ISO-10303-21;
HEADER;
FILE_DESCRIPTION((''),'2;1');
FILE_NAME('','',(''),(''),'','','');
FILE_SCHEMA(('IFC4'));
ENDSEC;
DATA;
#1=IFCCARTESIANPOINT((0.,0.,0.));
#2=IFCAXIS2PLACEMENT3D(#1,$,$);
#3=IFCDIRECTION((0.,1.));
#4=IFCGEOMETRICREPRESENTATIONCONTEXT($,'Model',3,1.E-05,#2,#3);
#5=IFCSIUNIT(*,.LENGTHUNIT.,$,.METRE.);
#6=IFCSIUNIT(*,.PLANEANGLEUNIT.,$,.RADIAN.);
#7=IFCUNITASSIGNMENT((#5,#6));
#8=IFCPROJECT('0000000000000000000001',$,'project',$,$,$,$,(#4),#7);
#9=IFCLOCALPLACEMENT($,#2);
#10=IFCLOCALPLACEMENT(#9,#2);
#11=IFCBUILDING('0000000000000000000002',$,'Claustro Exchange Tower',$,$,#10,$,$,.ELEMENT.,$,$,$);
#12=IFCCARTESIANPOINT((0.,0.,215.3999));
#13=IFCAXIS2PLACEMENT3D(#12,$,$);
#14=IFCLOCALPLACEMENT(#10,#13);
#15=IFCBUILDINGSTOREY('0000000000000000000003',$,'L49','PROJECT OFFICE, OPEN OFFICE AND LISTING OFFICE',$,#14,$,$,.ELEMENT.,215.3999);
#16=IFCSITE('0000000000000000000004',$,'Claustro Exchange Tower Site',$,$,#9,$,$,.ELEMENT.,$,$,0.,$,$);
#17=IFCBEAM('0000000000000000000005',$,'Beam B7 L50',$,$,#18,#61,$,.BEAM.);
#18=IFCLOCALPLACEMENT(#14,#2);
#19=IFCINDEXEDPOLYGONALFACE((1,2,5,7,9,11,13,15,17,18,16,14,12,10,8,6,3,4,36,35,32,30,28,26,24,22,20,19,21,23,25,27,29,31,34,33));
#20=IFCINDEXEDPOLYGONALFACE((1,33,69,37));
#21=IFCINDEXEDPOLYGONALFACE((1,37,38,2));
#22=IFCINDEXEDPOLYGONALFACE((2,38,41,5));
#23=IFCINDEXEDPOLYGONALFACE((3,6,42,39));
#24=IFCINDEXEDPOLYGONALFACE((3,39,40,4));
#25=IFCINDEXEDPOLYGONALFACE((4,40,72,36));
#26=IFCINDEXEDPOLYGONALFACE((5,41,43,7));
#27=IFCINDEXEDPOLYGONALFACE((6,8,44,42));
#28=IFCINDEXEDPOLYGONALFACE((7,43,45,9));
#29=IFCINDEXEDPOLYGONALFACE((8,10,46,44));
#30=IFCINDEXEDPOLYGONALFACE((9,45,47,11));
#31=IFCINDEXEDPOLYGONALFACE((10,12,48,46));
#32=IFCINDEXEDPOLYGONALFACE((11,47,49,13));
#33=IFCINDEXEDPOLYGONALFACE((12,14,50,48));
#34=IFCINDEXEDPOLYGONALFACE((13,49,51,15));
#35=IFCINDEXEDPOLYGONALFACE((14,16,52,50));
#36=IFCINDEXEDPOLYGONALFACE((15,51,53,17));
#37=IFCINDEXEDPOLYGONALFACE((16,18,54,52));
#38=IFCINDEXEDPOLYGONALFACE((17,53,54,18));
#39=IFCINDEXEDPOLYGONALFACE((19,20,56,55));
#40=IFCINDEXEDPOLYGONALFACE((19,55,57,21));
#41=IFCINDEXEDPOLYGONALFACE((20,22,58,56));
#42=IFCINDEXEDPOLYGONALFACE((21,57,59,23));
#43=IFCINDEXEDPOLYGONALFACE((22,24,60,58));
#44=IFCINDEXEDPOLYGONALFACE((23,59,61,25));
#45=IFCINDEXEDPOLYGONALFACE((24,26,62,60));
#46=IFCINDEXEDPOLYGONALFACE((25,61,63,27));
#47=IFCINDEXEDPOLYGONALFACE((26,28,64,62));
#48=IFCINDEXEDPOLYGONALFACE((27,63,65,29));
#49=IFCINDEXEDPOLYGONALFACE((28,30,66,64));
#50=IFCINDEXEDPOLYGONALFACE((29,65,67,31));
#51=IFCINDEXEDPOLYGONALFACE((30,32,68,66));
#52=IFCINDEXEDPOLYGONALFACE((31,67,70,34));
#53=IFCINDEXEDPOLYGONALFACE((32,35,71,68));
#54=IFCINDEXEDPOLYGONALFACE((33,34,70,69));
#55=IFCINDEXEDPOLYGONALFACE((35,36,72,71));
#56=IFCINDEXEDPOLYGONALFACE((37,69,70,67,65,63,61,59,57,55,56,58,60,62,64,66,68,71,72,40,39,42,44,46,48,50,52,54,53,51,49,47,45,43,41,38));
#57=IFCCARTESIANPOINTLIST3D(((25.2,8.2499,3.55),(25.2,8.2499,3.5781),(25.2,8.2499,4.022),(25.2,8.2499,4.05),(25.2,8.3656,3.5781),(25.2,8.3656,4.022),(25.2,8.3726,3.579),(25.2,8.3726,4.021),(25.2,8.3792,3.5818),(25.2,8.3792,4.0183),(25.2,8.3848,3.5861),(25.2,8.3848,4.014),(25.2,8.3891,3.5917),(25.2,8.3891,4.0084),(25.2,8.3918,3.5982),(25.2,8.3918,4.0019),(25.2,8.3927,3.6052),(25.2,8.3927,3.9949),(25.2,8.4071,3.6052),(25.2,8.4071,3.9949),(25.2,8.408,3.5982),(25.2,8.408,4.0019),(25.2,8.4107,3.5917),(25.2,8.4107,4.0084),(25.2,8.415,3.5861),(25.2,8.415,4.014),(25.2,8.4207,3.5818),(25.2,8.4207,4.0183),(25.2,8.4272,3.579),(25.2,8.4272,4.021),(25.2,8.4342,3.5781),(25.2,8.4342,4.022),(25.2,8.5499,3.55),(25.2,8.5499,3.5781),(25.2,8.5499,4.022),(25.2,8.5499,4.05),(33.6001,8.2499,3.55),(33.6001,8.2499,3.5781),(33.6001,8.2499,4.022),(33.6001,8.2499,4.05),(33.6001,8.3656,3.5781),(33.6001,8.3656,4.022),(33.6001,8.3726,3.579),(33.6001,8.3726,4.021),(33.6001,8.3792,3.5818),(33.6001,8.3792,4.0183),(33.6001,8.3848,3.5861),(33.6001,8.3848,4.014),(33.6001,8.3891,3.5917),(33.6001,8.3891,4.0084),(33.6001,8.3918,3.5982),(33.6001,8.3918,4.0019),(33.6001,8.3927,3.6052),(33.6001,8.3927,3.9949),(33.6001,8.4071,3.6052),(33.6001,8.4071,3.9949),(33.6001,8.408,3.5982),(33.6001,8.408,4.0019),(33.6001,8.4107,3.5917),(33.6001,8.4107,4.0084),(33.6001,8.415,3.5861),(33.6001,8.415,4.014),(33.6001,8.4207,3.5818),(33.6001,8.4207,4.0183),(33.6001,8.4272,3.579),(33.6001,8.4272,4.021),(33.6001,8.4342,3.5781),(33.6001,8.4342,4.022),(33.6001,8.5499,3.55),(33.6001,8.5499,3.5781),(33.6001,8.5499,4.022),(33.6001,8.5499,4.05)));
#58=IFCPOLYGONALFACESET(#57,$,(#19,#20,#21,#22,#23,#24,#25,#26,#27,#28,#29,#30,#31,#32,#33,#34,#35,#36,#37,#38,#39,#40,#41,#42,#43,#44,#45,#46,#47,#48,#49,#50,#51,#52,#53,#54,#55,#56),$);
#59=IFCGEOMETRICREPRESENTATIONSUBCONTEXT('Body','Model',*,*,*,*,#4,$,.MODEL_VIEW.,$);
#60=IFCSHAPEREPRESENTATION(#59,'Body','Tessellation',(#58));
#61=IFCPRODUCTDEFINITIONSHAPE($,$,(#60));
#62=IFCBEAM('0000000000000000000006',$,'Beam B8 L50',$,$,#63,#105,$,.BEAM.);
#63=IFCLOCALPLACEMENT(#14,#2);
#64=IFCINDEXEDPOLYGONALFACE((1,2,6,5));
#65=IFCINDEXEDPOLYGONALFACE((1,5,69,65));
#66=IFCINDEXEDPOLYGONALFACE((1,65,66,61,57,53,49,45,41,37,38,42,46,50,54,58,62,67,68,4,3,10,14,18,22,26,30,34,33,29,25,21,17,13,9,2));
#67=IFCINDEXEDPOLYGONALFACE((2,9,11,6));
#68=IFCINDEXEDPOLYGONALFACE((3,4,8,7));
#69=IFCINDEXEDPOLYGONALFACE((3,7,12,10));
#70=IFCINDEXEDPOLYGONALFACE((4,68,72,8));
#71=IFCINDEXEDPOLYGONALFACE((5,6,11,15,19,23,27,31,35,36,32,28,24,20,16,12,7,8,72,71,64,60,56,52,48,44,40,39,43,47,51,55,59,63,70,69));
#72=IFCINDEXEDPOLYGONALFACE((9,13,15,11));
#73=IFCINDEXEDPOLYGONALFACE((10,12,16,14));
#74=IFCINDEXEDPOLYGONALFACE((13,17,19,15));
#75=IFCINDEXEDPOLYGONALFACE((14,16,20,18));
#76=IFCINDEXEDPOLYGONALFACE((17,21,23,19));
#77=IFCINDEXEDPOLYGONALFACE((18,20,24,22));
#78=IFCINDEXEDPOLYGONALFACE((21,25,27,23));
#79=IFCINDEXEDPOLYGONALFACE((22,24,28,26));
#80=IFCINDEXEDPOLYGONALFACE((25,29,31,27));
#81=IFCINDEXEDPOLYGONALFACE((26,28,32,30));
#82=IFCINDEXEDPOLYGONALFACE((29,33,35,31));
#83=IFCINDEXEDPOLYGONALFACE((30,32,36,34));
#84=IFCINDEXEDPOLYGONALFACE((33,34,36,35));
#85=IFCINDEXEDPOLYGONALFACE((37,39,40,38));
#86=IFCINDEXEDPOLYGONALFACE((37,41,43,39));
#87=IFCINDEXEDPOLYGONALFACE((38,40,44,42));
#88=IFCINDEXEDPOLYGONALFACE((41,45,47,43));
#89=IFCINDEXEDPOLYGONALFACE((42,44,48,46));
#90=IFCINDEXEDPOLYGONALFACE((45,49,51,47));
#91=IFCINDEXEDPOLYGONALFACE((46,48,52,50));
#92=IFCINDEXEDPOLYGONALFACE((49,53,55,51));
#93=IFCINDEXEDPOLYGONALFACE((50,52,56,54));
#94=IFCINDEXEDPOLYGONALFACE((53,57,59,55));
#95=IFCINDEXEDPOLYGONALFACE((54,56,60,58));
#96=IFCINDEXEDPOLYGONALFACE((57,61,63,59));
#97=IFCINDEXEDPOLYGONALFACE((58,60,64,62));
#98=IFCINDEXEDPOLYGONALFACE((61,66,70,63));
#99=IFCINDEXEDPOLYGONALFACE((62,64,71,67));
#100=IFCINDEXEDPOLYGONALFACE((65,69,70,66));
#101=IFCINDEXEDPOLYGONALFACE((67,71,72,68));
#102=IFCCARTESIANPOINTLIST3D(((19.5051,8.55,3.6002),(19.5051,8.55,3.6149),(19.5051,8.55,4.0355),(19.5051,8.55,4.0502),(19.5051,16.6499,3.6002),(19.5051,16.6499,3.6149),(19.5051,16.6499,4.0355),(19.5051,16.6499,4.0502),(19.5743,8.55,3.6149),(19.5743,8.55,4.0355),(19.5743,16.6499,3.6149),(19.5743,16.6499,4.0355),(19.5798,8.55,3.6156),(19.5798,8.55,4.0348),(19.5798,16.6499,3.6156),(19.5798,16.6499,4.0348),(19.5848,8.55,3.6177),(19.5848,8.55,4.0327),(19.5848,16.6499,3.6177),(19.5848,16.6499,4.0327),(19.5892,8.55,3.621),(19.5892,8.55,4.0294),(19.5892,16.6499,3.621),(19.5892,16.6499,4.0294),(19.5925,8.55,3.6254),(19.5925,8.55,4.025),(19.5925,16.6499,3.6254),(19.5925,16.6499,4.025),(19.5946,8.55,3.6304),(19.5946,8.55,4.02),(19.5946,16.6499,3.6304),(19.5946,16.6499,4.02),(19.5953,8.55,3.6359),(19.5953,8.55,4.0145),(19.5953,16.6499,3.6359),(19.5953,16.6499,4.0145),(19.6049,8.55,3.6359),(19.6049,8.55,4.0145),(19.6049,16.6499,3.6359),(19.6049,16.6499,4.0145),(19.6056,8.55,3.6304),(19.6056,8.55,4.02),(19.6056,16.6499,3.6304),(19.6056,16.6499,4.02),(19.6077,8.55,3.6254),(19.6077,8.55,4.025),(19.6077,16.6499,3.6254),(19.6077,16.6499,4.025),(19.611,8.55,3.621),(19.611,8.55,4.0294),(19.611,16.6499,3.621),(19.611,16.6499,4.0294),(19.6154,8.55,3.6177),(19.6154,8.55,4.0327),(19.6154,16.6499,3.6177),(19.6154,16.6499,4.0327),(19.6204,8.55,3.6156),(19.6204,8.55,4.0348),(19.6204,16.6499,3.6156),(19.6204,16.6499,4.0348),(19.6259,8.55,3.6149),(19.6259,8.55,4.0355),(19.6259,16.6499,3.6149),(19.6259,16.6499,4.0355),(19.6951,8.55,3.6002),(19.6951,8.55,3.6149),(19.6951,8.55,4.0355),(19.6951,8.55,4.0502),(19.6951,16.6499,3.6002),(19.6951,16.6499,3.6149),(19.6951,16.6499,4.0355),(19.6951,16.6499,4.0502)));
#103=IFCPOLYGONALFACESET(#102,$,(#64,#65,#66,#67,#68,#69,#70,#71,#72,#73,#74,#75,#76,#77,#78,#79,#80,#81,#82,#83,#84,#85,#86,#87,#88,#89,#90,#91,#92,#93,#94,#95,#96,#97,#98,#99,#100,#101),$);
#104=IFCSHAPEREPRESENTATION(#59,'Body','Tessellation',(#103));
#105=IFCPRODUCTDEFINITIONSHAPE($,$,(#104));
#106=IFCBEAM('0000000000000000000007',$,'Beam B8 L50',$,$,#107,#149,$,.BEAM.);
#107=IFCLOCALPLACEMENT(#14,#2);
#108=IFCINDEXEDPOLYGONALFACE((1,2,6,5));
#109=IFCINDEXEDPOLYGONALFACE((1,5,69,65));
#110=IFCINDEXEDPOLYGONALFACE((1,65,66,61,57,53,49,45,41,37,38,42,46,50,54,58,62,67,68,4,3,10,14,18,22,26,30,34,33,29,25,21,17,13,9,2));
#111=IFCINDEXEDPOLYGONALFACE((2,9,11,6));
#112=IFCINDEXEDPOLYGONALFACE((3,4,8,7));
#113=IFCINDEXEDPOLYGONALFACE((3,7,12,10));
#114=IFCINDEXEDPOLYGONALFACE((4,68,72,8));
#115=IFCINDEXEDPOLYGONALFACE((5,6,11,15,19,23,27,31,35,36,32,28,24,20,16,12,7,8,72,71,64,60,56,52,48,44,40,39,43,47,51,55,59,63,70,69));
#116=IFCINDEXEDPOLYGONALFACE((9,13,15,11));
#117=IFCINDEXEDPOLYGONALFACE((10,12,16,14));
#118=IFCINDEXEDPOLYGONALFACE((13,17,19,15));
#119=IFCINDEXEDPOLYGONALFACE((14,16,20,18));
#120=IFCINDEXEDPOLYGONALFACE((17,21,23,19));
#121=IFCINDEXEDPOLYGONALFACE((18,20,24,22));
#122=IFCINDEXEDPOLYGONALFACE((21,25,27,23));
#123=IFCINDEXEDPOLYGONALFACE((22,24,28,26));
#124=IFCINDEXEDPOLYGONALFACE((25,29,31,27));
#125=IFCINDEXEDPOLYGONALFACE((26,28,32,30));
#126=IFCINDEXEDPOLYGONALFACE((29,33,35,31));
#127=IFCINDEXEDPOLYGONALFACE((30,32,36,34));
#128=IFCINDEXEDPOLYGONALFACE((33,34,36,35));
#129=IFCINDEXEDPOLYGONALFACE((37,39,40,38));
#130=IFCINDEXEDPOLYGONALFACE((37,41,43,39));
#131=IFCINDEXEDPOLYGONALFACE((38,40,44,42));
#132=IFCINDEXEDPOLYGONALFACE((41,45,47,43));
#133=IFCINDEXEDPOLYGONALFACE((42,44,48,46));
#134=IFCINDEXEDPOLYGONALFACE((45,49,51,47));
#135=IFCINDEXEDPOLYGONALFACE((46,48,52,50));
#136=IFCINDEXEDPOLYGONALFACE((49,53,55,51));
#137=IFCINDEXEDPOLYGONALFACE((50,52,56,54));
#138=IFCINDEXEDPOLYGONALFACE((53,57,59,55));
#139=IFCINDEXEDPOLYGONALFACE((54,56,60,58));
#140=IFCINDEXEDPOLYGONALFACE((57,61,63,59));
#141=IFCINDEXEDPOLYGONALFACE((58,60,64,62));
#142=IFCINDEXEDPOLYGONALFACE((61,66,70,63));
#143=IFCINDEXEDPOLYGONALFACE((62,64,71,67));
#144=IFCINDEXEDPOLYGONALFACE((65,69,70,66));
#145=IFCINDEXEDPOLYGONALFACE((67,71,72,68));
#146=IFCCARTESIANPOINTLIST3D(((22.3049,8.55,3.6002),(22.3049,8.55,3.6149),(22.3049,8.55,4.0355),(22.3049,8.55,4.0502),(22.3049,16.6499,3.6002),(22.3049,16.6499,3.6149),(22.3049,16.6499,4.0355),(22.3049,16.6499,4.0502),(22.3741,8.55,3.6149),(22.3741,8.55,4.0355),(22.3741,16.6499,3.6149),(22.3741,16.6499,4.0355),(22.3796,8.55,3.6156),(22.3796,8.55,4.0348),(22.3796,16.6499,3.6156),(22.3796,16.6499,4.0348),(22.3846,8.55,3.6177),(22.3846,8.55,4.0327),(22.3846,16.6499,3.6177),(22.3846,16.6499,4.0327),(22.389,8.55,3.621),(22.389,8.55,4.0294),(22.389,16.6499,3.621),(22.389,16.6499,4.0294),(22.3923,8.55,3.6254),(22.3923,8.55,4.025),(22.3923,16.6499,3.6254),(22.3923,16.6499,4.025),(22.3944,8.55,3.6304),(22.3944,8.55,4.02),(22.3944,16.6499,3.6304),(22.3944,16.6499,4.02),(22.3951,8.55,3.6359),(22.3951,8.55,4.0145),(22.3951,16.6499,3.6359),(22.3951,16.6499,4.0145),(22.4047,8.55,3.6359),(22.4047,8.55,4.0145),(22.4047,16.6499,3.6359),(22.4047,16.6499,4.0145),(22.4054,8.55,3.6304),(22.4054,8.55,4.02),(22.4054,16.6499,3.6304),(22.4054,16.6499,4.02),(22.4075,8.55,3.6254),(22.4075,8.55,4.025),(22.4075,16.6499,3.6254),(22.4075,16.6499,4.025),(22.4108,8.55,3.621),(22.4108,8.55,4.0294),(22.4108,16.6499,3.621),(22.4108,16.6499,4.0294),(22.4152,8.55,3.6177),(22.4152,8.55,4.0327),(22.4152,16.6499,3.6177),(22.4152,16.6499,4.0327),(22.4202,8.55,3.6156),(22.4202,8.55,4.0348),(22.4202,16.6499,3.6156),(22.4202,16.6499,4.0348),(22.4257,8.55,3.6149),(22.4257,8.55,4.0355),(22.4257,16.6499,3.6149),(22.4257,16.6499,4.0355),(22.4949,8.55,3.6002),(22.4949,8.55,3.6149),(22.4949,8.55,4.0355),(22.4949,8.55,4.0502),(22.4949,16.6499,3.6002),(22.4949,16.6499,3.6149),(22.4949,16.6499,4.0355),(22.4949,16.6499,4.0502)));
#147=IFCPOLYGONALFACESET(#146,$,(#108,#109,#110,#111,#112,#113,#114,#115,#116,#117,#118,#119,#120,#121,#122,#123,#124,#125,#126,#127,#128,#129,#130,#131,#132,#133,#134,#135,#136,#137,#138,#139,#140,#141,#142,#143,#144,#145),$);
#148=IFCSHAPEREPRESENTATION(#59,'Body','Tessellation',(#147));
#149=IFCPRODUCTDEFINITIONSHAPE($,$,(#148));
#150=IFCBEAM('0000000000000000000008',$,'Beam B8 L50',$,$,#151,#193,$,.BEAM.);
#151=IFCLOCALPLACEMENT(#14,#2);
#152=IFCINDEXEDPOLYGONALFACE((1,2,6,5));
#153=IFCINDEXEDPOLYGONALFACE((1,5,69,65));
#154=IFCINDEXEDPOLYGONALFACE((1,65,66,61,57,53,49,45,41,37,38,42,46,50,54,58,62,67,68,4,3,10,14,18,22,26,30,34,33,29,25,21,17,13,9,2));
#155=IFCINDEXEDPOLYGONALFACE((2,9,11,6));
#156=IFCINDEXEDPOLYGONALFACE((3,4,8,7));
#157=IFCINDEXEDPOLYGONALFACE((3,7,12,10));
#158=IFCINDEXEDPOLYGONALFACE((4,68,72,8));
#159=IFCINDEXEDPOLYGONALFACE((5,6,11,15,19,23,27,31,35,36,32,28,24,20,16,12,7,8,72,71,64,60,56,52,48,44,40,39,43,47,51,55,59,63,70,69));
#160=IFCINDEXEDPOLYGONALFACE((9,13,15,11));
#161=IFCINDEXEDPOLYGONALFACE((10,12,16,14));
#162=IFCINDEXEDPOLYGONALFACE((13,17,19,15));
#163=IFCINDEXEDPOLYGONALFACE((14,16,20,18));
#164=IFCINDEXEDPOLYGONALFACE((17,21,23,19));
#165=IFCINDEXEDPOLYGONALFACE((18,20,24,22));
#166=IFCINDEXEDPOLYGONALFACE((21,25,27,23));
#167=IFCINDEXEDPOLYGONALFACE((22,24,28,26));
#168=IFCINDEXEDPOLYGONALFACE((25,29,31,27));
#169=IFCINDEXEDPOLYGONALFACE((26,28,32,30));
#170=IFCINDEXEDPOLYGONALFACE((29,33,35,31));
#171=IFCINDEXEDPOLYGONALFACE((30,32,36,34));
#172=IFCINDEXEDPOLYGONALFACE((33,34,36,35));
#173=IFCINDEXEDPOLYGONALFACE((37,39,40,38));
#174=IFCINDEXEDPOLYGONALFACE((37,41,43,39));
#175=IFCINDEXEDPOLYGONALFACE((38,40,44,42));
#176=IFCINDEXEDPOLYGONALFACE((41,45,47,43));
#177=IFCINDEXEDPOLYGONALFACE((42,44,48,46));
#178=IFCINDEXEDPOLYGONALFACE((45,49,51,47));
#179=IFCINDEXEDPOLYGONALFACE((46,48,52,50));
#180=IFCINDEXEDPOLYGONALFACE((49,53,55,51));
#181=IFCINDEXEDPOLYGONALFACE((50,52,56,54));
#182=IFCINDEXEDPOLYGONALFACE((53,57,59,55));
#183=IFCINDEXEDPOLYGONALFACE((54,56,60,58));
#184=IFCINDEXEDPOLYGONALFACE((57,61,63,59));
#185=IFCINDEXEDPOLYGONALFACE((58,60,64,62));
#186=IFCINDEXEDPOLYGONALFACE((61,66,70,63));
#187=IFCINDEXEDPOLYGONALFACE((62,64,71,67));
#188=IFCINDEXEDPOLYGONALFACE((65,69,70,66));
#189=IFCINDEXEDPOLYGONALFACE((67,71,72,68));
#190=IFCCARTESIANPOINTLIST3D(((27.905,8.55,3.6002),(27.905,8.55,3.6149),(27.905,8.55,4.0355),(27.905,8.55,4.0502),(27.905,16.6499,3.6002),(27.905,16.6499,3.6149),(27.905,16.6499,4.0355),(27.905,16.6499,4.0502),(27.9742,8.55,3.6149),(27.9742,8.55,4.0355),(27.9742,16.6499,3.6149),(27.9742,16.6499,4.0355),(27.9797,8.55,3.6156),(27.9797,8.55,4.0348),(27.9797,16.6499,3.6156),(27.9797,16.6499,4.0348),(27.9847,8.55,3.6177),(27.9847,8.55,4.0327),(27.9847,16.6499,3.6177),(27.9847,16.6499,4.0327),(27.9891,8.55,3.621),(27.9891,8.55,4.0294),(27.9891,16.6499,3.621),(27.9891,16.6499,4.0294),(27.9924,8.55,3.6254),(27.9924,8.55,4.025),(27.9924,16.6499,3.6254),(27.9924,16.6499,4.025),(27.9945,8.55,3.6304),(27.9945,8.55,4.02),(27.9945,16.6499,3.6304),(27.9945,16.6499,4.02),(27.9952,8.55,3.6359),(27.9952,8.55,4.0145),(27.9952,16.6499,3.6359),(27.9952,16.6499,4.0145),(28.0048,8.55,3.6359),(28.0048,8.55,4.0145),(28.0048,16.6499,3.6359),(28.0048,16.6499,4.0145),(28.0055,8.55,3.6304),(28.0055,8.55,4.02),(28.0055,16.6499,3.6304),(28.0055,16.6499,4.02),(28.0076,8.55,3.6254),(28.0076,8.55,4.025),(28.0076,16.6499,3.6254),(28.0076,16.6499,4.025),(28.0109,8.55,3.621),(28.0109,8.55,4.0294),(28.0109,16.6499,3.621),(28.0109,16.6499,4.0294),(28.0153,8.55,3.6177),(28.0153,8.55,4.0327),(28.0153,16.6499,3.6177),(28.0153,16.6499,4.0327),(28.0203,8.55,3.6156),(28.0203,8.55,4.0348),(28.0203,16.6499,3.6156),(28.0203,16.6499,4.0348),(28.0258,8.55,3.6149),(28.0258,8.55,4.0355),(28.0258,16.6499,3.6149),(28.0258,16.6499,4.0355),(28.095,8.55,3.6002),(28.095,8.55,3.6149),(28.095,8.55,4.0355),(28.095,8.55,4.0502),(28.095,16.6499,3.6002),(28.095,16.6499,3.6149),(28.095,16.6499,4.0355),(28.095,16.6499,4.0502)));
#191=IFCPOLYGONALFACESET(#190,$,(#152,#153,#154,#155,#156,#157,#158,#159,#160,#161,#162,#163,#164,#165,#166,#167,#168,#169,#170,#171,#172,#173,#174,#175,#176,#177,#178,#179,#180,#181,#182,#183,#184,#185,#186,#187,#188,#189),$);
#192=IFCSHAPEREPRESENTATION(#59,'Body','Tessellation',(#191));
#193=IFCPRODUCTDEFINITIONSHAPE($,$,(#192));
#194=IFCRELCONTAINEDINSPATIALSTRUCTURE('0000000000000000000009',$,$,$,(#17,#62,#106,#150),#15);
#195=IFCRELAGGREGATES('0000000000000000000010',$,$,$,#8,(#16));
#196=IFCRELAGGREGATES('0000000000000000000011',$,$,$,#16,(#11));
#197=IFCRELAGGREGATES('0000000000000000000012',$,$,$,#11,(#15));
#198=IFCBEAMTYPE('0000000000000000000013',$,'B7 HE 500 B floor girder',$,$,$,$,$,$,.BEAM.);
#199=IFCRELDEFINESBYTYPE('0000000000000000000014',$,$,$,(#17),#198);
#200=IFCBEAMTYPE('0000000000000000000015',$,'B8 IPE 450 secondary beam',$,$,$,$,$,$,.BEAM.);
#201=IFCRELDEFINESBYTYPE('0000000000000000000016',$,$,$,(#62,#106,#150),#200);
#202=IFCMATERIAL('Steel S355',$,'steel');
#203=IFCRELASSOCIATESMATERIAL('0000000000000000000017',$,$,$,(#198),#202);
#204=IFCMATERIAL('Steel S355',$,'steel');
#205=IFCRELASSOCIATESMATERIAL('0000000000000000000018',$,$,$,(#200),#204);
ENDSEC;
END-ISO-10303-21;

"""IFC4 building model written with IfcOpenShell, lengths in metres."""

from ifc_helpers import new_model, si_unit, direction, frame, origin, origin_2d, place, context, subcontext, project, spatial, i_section, extrude, material, material_profile, profile_set, type_object, element, save


model = new_model("IFC4")

# Units and contexts
model_context = context("Model", 3, precision=1e-05, world=origin(), true_north=direction((0.0, 1.0)))
body_context = subcontext(model_context, "Body", "Model", "MODEL_VIEW")
ifc_project = project(units=[si_unit("LENGTHUNIT", "METRE"), si_unit("PLANEANGLEUNIT", "RADIAN")], contexts=[model_context])

# Site, building, storey
site_placement = place(None, origin())
site = spatial("IfcSite", under=ifc_project, at=site_placement, Name="Claustro Exchange Tower Site", CompositionType="ELEMENT", RefElevation=0.0)
building_placement = place(site_placement, origin())
building = spatial("IfcBuilding", under=site, at=building_placement, Name="Claustro Exchange Tower", CompositionType="ELEMENT")
storey_placement = place(building_placement, frame((0.0, 0.0, 215.3999)))
storey = spatial("IfcBuildingStorey", under=building, at=storey_placement, Name="L49", Description="PROJECT OFFICE, OPEN OFFICE AND LISTING OFFICE", CompositionType="ELEMENT", Elevation=215.3999)

# Beams
ifc_material_1 = material(Name="Steel S355", Category="steel")
ifc_material_profile_1 = material_profile(ifc_material_1, i_section(OverallWidth=0.3, OverallDepth=0.5, WebThickness=0.0144, FlangeThickness=0.0281, FilletRadius=0.0271, at=origin_2d()), Name="HE 500 B")
ifc_profile_set_1 = profile_set([ifc_material_profile_1], Name="Steel S355")
beam_type_1 = type_object("IfcBeamType", Name="B7 HE 500 B floor girder", PredefinedType="BEAM", material=ifc_profile_set_1)
for number, where, z_axis, x_axis, name in (
    (1, (25.2, 8.3999, 3.8), (1.0, 0.0, 0.0), (0.0, 1.0, 0.0), "Beam B7 L50"),
):
    element("IfcBeam", number, at=place(storey_placement, frame(where, z_axis=z_axis, x_axis=x_axis)), inside=storey, type_object=beam_type_1, Name=name, PredefinedType="BEAM", context=body_context, shape_type="SweptSolid", body=[
        extrude(i_section(OverallWidth=0.3, OverallDepth=0.5, WebThickness=0.0144, FlangeThickness=0.0281, FilletRadius=0.0271, at=origin_2d()), origin(), (0.0, 0.0, 1.0), 8.4001),
    ])
ifc_material_2 = material(Name="Steel S355", Category="steel")
ifc_material_profile_2 = material_profile(ifc_material_2, i_section(OverallWidth=0.1899, OverallDepth=0.45, WebThickness=0.0095, FlangeThickness=0.0146, FilletRadius=0.021, at=origin_2d()), Name="IPE 450")
ifc_profile_set_2 = profile_set([ifc_material_profile_2], Name="Steel S355")
beam_type_2 = type_object("IfcBeamType", Name="B8 IPE 450 secondary beam", PredefinedType="BEAM", material=ifc_profile_set_2)
for number, where, z_axis, x_axis, name in (
    (2, (19.6001, 8.55, 3.8252), (0.0, 1.0, 0.0), (-1.0, 0.0, 0.0), "Beam B8 L50"),
    (3, (22.3999, 8.55, 3.8252), (0.0, 1.0, 0.0), (-1.0, 0.0, 0.0), "Beam B8 L50"),
    (4, (28.0, 8.55, 3.8252), (0.0, 1.0, 0.0), (-1.0, 0.0, 0.0), "Beam B8 L50"),
):
    element("IfcBeam", number, at=place(storey_placement, frame(where, z_axis=z_axis, x_axis=x_axis)), inside=storey, type_object=beam_type_2, Name=name, PredefinedType="BEAM", context=body_context, shape_type="SweptSolid", body=[
        extrude(i_section(OverallWidth=0.1899, OverallDepth=0.45, WebThickness=0.0095, FlangeThickness=0.0146, FilletRadius=0.021, at=origin_2d()), origin(), (0.0, 0.0, 1.0), 8.0999),
    ])

save(model, "model.ifc")
